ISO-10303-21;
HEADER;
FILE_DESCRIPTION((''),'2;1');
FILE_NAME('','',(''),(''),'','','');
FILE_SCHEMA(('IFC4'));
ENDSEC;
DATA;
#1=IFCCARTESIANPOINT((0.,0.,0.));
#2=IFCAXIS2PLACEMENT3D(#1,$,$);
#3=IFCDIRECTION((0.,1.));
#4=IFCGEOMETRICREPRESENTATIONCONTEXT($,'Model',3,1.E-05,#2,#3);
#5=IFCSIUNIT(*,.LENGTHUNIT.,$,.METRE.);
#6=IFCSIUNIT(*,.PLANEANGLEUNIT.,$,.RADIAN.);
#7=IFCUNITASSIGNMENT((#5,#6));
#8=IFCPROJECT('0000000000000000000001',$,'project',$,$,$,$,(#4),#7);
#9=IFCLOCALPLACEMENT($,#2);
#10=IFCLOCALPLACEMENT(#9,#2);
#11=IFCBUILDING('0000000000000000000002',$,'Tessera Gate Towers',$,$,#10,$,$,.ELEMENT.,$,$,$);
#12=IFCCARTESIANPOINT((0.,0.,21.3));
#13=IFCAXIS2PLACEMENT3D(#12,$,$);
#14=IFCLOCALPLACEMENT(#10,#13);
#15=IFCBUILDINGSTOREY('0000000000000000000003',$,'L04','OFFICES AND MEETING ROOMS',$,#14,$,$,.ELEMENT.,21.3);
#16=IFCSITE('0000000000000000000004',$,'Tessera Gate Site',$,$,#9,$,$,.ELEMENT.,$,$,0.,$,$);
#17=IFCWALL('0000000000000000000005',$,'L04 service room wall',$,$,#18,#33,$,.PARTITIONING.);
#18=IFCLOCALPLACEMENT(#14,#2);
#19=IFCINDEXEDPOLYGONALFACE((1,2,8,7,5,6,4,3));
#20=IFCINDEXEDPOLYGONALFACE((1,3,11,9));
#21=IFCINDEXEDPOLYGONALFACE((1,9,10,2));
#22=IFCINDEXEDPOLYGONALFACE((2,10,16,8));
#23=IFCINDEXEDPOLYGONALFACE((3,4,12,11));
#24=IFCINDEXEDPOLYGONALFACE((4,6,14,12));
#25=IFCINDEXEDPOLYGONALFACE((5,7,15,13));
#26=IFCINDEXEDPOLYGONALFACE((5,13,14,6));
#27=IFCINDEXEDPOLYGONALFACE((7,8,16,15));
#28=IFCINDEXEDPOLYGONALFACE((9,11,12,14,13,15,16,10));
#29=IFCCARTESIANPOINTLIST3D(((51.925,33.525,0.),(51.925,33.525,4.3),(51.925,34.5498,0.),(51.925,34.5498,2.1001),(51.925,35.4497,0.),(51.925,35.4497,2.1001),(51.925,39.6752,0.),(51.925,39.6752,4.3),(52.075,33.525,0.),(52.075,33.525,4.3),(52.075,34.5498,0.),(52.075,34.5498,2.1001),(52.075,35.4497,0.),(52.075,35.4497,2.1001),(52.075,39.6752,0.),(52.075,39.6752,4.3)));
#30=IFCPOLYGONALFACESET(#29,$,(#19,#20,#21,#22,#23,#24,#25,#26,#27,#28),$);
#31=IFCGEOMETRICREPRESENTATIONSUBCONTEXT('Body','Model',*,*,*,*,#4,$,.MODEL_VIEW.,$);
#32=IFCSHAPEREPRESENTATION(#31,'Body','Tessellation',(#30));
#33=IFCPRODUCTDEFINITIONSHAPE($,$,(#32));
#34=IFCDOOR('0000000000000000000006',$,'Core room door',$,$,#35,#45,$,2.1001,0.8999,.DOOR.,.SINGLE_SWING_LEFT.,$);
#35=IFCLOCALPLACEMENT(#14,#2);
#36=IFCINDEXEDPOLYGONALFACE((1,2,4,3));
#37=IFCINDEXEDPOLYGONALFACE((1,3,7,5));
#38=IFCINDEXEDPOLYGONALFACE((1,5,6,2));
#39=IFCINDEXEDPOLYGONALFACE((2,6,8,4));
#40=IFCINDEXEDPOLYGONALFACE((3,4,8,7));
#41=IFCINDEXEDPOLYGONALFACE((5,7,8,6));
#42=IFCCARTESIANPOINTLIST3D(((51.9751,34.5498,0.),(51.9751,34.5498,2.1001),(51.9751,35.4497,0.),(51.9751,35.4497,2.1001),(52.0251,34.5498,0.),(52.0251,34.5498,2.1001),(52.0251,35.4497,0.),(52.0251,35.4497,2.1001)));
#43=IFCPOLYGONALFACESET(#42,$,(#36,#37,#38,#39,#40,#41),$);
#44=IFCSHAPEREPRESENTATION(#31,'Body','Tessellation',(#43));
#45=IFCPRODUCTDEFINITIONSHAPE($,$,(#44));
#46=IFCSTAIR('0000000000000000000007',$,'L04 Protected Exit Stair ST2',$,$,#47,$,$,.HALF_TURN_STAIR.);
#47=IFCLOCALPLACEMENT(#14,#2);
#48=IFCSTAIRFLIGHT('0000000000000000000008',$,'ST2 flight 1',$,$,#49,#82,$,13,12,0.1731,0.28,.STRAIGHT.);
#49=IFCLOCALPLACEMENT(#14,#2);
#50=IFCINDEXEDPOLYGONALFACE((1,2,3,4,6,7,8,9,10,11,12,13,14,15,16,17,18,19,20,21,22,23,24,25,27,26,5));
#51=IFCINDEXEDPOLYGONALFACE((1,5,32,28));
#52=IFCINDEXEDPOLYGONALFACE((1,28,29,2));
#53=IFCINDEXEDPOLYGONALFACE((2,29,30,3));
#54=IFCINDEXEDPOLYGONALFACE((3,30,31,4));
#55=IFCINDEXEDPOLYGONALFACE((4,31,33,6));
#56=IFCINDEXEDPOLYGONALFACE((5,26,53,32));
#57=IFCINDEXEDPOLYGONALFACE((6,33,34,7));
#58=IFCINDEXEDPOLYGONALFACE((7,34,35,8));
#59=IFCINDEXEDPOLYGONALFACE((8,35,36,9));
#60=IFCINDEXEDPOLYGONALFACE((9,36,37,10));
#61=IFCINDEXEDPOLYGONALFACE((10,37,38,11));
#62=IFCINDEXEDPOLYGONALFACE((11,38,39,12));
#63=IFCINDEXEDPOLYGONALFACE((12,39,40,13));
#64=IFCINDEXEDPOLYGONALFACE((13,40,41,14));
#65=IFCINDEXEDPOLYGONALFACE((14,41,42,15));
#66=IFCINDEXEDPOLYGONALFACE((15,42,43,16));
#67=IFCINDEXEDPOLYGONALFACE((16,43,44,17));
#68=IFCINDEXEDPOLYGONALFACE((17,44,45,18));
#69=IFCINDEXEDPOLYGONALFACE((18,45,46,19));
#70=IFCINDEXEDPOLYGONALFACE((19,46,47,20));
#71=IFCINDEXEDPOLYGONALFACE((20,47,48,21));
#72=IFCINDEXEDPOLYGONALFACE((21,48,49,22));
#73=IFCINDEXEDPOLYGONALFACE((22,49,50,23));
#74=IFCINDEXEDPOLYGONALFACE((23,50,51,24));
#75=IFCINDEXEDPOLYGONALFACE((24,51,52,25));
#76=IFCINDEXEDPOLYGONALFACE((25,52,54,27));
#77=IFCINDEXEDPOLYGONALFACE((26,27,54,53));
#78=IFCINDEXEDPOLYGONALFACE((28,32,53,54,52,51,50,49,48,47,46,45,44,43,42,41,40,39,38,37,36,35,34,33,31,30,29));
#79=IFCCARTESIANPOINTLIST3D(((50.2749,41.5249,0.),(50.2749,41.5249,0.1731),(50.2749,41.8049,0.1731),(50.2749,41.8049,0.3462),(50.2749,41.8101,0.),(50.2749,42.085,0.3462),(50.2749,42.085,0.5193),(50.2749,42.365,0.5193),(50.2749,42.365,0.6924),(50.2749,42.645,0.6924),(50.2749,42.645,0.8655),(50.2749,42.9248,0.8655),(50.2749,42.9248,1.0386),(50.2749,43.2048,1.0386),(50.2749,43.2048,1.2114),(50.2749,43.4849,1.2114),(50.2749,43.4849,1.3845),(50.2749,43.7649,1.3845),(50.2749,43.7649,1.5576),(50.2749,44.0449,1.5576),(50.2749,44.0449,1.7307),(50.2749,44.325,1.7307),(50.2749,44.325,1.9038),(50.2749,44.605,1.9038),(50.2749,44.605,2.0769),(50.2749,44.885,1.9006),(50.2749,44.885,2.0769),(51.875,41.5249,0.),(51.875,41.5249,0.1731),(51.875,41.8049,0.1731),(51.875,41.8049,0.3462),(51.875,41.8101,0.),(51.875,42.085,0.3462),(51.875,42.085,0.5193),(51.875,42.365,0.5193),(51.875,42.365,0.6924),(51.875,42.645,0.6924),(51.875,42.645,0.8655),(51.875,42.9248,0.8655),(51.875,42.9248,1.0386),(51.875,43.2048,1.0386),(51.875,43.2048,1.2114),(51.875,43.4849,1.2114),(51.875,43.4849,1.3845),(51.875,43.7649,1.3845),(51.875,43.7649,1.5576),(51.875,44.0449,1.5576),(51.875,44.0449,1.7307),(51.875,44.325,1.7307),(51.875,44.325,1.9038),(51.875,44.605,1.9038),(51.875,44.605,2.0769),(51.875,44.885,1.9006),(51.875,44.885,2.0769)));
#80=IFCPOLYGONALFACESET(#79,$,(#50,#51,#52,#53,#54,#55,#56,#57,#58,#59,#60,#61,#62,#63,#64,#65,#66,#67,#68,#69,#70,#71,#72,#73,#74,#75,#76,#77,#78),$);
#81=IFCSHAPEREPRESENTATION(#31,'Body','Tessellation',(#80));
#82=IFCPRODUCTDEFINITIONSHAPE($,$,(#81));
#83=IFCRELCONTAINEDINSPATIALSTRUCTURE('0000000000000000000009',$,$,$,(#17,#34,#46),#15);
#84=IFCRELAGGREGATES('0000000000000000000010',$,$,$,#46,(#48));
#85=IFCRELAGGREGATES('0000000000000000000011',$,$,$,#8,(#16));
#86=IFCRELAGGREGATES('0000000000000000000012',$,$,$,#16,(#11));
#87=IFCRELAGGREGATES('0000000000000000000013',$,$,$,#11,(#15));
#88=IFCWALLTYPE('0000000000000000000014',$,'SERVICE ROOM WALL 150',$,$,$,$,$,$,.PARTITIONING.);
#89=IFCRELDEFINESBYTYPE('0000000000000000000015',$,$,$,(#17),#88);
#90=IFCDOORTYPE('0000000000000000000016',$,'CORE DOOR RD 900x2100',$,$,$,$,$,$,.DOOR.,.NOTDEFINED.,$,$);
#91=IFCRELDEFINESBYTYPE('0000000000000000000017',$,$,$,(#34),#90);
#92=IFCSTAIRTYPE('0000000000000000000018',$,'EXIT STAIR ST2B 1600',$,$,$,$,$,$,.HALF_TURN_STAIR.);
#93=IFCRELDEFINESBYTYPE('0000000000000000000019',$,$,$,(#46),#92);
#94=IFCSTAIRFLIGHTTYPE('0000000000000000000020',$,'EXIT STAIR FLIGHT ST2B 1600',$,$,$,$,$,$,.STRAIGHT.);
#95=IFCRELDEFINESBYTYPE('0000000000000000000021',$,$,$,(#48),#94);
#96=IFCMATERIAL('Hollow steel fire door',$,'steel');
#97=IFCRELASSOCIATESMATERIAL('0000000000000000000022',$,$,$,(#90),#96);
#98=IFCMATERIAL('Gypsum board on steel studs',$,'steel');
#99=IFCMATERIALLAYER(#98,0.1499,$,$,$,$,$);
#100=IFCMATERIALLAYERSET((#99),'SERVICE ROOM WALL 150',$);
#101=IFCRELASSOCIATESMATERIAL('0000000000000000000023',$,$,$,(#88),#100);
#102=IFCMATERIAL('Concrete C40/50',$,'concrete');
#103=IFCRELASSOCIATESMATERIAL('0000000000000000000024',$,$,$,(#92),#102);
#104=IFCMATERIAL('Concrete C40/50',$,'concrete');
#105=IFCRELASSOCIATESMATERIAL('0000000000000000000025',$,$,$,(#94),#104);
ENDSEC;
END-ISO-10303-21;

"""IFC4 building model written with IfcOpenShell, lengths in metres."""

from ifc_helpers import new_model, si_unit, direction, frame, frame_2d, origin, place, context, subcontext, project, spatial, polyline, rectangle, outline, extrude, source, transform, mapped, material, layer, layer_set, type_object, element, fill, aggregate, save


model = new_model("IFC4")

# Units and contexts
model_context = context("Model", 3, precision=1e-05, world=origin(), true_north=direction((0.0, 1.0)))
body_context = subcontext(model_context, "Body", "Model", "MODEL_VIEW")
ifc_project = project(units=[si_unit("LENGTHUNIT", "METRE"), si_unit("PLANEANGLEUNIT", "RADIAN")], contexts=[model_context])

# Site, building, storey
site_placement = place(None, origin())
site = spatial("IfcSite", under=ifc_project, at=site_placement, Name="Tessera Gate Site", CompositionType="ELEMENT", RefElevation=0.0)
building_placement = place(site_placement, origin())
building = spatial("IfcBuilding", under=site, at=building_placement, Name="Tessera Gate Towers", CompositionType="ELEMENT")
storey_placement = place(building_placement, frame((0.0, 0.0, 21.3)))
storey = spatial("IfcBuildingStorey", under=building, at=storey_placement, Name="L04", Description="OFFICES AND MEETING ROOMS", CompositionType="ELEMENT", Elevation=21.3)

# Shared definitions
ifc_material_1 = material(Name="Hollow steel fire door", Category="steel")
door_type_1 = type_object("IfcDoorType", Name="CORE DOOR RD 900x2100", OperationType="NOTDEFINED", PredefinedType="DOOR", material=ifc_material_1)
shared_shape_1 = source(origin(), body_context, "Body", "SweptSolid", [
    extrude(rectangle(XDim=0.8999, YDim=2.1001, at=frame_2d((0.45, 1.05))), frame((0.0, 0.0249, 0.0), z_axis=(0.0, -1.0, 0.0), x_axis=(1.0, 0.0, 0.0)), (0.0, 0.0, 1.0), 0.05),
])

# Wall, opening, door
ifc_material_2 = material(Name="Gypsum board on steel studs", Category="steel")
ifc_layer_1 = layer(ifc_material_2, 0.1499)
ifc_layer_set_1 = layer_set([ifc_layer_1], Name="SERVICE ROOM WALL 150")
wall_type_1 = type_object("IfcWallType", Name="SERVICE ROOM WALL 150", PredefinedType="PARTITIONING", material=ifc_layer_set_1)
wall_1_placement = place(storey_placement, frame((52.0, 33.5249, 0.0), z_axis=(0.0, 0.0, 1.0), x_axis=(0.0, 1.0, 0.0)))
wall_1 = element("IfcWall", 1, at=wall_1_placement, inside=storey, type_object=wall_type_1, Name="L04 service room wall", PredefinedType="PARTITIONING", context=body_context, shape_type="SweptSolid", body=[
    extrude(rectangle(XDim=6.1501, YDim=0.1499, at=frame_2d((3.0752, 0.0))), origin(), (0.0, 0.0, 1.0), 4.3),
])
shared_shape_2 = source(origin(), body_context, "Body", "SweptSolid", [
    extrude(rectangle(XDim=0.8999, YDim=2.1001, at=frame_2d((0.45, 1.05))), frame((0.0, 0.085, 0.0), z_axis=(0.0, -1.0, 0.0), x_axis=(1.0, 0.0, 0.0)), (0.0, 0.0, 1.0), 0.1699),
])
opening_1_placement = place(wall_1_placement, frame((1.0249, 0.0, 0.0)))
opening_1 = element("IfcOpeningElement", 2, at=opening_1_placement, cuts=wall_1, PredefinedType="OPENING", context=body_context, shape_type="MappedRepresentation", body=[
    mapped(shared_shape_2, transform((0.0, 0.0, 0.0), scale=1.0)),
])
door_1_placement = place(opening_1_placement, origin())
door_1 = element("IfcDoor", 3, at=door_1_placement, inside=storey, type_object=door_type_1, Name="Core room door", OperationType="SINGLE_SWING_LEFT", OverallHeight=2.1001, OverallWidth=0.8999, PredefinedType="DOOR", context=body_context, shape_type="MappedRepresentation", body=[
    mapped(shared_shape_1, transform((0.0, 0.0, 0.0), scale=1.0)),
])
fill(opening_1, door_1)

# Stair, stair flight
ifc_material_3 = material(Name="Concrete C40/50", Category="concrete")
stair_type = type_object("IfcStairType", Name="EXIT STAIR ST2B 1600", PredefinedType="HALF_TURN_STAIR", material=ifc_material_3)
stair_placement = place(storey_placement, origin())
stair = element("IfcStair", 4, at=stair_placement, inside=storey, type_object=stair_type, Name="L04 Protected Exit Stair ST2", PredefinedType="HALF_TURN_STAIR")
ifc_material_4 = material(Name="Concrete C40/50", Category="concrete")
stair_flight_type = type_object("IfcStairFlightType", Name="EXIT STAIR FLIGHT ST2B 1600", PredefinedType="STRAIGHT", material=ifc_material_4)
stair_flight_placement = place(storey_placement, frame((51.075, 41.5249, 0.0), z_axis=(0.0, 0.0, 1.0), x_axis=(0.0, 1.0, 0.0)))
stair_flight = element("IfcStairFlight", 5, at=stair_flight_placement, type_object=stair_flight_type, Name="ST2 flight 1", NumberOfRisers=13, NumberOfTreads=12, PredefinedType="STRAIGHT", RiserHeight=0.1731, TreadLength=0.28, context=body_context, shape_type="SweptSolid", body=[
    extrude(outline(polyline([(0.0, 0.0), (0.0, 0.1731), (0.28, 0.1731), (0.28, 0.3462), (0.5601, 0.3462), (0.5601, 0.5193), (0.8401, 0.5193), (0.8401, 0.6924), (1.1201, 0.6924), (1.1201, 0.8655), (1.3999, 0.8655), (1.3999, 1.0386), (1.6799, 1.0386), (1.6799, 1.2114), (1.96, 1.2114), (1.96, 1.3845), (2.24, 1.3845), (2.24, 1.5576), (2.52, 1.5576), (2.52, 1.7307), (2.8, 1.7307), (2.8, 1.9038), (3.0801, 1.9038), (3.0801, 2.0769), (3.3601, 2.0769), (3.3601, 2.25), (3.3601, 1.9006), (0.2852, 0.0), (0.0, 0.0)])), frame((0.0, 0.8, 0.0), z_axis=(0.0, -1.0, 0.0), x_axis=(1.0, 0.0, 0.0)), (0.0, 0.0, 1.0), 1.6001),
])
aggregate(stair, [stair_flight])

save(model, "model.ifc")
